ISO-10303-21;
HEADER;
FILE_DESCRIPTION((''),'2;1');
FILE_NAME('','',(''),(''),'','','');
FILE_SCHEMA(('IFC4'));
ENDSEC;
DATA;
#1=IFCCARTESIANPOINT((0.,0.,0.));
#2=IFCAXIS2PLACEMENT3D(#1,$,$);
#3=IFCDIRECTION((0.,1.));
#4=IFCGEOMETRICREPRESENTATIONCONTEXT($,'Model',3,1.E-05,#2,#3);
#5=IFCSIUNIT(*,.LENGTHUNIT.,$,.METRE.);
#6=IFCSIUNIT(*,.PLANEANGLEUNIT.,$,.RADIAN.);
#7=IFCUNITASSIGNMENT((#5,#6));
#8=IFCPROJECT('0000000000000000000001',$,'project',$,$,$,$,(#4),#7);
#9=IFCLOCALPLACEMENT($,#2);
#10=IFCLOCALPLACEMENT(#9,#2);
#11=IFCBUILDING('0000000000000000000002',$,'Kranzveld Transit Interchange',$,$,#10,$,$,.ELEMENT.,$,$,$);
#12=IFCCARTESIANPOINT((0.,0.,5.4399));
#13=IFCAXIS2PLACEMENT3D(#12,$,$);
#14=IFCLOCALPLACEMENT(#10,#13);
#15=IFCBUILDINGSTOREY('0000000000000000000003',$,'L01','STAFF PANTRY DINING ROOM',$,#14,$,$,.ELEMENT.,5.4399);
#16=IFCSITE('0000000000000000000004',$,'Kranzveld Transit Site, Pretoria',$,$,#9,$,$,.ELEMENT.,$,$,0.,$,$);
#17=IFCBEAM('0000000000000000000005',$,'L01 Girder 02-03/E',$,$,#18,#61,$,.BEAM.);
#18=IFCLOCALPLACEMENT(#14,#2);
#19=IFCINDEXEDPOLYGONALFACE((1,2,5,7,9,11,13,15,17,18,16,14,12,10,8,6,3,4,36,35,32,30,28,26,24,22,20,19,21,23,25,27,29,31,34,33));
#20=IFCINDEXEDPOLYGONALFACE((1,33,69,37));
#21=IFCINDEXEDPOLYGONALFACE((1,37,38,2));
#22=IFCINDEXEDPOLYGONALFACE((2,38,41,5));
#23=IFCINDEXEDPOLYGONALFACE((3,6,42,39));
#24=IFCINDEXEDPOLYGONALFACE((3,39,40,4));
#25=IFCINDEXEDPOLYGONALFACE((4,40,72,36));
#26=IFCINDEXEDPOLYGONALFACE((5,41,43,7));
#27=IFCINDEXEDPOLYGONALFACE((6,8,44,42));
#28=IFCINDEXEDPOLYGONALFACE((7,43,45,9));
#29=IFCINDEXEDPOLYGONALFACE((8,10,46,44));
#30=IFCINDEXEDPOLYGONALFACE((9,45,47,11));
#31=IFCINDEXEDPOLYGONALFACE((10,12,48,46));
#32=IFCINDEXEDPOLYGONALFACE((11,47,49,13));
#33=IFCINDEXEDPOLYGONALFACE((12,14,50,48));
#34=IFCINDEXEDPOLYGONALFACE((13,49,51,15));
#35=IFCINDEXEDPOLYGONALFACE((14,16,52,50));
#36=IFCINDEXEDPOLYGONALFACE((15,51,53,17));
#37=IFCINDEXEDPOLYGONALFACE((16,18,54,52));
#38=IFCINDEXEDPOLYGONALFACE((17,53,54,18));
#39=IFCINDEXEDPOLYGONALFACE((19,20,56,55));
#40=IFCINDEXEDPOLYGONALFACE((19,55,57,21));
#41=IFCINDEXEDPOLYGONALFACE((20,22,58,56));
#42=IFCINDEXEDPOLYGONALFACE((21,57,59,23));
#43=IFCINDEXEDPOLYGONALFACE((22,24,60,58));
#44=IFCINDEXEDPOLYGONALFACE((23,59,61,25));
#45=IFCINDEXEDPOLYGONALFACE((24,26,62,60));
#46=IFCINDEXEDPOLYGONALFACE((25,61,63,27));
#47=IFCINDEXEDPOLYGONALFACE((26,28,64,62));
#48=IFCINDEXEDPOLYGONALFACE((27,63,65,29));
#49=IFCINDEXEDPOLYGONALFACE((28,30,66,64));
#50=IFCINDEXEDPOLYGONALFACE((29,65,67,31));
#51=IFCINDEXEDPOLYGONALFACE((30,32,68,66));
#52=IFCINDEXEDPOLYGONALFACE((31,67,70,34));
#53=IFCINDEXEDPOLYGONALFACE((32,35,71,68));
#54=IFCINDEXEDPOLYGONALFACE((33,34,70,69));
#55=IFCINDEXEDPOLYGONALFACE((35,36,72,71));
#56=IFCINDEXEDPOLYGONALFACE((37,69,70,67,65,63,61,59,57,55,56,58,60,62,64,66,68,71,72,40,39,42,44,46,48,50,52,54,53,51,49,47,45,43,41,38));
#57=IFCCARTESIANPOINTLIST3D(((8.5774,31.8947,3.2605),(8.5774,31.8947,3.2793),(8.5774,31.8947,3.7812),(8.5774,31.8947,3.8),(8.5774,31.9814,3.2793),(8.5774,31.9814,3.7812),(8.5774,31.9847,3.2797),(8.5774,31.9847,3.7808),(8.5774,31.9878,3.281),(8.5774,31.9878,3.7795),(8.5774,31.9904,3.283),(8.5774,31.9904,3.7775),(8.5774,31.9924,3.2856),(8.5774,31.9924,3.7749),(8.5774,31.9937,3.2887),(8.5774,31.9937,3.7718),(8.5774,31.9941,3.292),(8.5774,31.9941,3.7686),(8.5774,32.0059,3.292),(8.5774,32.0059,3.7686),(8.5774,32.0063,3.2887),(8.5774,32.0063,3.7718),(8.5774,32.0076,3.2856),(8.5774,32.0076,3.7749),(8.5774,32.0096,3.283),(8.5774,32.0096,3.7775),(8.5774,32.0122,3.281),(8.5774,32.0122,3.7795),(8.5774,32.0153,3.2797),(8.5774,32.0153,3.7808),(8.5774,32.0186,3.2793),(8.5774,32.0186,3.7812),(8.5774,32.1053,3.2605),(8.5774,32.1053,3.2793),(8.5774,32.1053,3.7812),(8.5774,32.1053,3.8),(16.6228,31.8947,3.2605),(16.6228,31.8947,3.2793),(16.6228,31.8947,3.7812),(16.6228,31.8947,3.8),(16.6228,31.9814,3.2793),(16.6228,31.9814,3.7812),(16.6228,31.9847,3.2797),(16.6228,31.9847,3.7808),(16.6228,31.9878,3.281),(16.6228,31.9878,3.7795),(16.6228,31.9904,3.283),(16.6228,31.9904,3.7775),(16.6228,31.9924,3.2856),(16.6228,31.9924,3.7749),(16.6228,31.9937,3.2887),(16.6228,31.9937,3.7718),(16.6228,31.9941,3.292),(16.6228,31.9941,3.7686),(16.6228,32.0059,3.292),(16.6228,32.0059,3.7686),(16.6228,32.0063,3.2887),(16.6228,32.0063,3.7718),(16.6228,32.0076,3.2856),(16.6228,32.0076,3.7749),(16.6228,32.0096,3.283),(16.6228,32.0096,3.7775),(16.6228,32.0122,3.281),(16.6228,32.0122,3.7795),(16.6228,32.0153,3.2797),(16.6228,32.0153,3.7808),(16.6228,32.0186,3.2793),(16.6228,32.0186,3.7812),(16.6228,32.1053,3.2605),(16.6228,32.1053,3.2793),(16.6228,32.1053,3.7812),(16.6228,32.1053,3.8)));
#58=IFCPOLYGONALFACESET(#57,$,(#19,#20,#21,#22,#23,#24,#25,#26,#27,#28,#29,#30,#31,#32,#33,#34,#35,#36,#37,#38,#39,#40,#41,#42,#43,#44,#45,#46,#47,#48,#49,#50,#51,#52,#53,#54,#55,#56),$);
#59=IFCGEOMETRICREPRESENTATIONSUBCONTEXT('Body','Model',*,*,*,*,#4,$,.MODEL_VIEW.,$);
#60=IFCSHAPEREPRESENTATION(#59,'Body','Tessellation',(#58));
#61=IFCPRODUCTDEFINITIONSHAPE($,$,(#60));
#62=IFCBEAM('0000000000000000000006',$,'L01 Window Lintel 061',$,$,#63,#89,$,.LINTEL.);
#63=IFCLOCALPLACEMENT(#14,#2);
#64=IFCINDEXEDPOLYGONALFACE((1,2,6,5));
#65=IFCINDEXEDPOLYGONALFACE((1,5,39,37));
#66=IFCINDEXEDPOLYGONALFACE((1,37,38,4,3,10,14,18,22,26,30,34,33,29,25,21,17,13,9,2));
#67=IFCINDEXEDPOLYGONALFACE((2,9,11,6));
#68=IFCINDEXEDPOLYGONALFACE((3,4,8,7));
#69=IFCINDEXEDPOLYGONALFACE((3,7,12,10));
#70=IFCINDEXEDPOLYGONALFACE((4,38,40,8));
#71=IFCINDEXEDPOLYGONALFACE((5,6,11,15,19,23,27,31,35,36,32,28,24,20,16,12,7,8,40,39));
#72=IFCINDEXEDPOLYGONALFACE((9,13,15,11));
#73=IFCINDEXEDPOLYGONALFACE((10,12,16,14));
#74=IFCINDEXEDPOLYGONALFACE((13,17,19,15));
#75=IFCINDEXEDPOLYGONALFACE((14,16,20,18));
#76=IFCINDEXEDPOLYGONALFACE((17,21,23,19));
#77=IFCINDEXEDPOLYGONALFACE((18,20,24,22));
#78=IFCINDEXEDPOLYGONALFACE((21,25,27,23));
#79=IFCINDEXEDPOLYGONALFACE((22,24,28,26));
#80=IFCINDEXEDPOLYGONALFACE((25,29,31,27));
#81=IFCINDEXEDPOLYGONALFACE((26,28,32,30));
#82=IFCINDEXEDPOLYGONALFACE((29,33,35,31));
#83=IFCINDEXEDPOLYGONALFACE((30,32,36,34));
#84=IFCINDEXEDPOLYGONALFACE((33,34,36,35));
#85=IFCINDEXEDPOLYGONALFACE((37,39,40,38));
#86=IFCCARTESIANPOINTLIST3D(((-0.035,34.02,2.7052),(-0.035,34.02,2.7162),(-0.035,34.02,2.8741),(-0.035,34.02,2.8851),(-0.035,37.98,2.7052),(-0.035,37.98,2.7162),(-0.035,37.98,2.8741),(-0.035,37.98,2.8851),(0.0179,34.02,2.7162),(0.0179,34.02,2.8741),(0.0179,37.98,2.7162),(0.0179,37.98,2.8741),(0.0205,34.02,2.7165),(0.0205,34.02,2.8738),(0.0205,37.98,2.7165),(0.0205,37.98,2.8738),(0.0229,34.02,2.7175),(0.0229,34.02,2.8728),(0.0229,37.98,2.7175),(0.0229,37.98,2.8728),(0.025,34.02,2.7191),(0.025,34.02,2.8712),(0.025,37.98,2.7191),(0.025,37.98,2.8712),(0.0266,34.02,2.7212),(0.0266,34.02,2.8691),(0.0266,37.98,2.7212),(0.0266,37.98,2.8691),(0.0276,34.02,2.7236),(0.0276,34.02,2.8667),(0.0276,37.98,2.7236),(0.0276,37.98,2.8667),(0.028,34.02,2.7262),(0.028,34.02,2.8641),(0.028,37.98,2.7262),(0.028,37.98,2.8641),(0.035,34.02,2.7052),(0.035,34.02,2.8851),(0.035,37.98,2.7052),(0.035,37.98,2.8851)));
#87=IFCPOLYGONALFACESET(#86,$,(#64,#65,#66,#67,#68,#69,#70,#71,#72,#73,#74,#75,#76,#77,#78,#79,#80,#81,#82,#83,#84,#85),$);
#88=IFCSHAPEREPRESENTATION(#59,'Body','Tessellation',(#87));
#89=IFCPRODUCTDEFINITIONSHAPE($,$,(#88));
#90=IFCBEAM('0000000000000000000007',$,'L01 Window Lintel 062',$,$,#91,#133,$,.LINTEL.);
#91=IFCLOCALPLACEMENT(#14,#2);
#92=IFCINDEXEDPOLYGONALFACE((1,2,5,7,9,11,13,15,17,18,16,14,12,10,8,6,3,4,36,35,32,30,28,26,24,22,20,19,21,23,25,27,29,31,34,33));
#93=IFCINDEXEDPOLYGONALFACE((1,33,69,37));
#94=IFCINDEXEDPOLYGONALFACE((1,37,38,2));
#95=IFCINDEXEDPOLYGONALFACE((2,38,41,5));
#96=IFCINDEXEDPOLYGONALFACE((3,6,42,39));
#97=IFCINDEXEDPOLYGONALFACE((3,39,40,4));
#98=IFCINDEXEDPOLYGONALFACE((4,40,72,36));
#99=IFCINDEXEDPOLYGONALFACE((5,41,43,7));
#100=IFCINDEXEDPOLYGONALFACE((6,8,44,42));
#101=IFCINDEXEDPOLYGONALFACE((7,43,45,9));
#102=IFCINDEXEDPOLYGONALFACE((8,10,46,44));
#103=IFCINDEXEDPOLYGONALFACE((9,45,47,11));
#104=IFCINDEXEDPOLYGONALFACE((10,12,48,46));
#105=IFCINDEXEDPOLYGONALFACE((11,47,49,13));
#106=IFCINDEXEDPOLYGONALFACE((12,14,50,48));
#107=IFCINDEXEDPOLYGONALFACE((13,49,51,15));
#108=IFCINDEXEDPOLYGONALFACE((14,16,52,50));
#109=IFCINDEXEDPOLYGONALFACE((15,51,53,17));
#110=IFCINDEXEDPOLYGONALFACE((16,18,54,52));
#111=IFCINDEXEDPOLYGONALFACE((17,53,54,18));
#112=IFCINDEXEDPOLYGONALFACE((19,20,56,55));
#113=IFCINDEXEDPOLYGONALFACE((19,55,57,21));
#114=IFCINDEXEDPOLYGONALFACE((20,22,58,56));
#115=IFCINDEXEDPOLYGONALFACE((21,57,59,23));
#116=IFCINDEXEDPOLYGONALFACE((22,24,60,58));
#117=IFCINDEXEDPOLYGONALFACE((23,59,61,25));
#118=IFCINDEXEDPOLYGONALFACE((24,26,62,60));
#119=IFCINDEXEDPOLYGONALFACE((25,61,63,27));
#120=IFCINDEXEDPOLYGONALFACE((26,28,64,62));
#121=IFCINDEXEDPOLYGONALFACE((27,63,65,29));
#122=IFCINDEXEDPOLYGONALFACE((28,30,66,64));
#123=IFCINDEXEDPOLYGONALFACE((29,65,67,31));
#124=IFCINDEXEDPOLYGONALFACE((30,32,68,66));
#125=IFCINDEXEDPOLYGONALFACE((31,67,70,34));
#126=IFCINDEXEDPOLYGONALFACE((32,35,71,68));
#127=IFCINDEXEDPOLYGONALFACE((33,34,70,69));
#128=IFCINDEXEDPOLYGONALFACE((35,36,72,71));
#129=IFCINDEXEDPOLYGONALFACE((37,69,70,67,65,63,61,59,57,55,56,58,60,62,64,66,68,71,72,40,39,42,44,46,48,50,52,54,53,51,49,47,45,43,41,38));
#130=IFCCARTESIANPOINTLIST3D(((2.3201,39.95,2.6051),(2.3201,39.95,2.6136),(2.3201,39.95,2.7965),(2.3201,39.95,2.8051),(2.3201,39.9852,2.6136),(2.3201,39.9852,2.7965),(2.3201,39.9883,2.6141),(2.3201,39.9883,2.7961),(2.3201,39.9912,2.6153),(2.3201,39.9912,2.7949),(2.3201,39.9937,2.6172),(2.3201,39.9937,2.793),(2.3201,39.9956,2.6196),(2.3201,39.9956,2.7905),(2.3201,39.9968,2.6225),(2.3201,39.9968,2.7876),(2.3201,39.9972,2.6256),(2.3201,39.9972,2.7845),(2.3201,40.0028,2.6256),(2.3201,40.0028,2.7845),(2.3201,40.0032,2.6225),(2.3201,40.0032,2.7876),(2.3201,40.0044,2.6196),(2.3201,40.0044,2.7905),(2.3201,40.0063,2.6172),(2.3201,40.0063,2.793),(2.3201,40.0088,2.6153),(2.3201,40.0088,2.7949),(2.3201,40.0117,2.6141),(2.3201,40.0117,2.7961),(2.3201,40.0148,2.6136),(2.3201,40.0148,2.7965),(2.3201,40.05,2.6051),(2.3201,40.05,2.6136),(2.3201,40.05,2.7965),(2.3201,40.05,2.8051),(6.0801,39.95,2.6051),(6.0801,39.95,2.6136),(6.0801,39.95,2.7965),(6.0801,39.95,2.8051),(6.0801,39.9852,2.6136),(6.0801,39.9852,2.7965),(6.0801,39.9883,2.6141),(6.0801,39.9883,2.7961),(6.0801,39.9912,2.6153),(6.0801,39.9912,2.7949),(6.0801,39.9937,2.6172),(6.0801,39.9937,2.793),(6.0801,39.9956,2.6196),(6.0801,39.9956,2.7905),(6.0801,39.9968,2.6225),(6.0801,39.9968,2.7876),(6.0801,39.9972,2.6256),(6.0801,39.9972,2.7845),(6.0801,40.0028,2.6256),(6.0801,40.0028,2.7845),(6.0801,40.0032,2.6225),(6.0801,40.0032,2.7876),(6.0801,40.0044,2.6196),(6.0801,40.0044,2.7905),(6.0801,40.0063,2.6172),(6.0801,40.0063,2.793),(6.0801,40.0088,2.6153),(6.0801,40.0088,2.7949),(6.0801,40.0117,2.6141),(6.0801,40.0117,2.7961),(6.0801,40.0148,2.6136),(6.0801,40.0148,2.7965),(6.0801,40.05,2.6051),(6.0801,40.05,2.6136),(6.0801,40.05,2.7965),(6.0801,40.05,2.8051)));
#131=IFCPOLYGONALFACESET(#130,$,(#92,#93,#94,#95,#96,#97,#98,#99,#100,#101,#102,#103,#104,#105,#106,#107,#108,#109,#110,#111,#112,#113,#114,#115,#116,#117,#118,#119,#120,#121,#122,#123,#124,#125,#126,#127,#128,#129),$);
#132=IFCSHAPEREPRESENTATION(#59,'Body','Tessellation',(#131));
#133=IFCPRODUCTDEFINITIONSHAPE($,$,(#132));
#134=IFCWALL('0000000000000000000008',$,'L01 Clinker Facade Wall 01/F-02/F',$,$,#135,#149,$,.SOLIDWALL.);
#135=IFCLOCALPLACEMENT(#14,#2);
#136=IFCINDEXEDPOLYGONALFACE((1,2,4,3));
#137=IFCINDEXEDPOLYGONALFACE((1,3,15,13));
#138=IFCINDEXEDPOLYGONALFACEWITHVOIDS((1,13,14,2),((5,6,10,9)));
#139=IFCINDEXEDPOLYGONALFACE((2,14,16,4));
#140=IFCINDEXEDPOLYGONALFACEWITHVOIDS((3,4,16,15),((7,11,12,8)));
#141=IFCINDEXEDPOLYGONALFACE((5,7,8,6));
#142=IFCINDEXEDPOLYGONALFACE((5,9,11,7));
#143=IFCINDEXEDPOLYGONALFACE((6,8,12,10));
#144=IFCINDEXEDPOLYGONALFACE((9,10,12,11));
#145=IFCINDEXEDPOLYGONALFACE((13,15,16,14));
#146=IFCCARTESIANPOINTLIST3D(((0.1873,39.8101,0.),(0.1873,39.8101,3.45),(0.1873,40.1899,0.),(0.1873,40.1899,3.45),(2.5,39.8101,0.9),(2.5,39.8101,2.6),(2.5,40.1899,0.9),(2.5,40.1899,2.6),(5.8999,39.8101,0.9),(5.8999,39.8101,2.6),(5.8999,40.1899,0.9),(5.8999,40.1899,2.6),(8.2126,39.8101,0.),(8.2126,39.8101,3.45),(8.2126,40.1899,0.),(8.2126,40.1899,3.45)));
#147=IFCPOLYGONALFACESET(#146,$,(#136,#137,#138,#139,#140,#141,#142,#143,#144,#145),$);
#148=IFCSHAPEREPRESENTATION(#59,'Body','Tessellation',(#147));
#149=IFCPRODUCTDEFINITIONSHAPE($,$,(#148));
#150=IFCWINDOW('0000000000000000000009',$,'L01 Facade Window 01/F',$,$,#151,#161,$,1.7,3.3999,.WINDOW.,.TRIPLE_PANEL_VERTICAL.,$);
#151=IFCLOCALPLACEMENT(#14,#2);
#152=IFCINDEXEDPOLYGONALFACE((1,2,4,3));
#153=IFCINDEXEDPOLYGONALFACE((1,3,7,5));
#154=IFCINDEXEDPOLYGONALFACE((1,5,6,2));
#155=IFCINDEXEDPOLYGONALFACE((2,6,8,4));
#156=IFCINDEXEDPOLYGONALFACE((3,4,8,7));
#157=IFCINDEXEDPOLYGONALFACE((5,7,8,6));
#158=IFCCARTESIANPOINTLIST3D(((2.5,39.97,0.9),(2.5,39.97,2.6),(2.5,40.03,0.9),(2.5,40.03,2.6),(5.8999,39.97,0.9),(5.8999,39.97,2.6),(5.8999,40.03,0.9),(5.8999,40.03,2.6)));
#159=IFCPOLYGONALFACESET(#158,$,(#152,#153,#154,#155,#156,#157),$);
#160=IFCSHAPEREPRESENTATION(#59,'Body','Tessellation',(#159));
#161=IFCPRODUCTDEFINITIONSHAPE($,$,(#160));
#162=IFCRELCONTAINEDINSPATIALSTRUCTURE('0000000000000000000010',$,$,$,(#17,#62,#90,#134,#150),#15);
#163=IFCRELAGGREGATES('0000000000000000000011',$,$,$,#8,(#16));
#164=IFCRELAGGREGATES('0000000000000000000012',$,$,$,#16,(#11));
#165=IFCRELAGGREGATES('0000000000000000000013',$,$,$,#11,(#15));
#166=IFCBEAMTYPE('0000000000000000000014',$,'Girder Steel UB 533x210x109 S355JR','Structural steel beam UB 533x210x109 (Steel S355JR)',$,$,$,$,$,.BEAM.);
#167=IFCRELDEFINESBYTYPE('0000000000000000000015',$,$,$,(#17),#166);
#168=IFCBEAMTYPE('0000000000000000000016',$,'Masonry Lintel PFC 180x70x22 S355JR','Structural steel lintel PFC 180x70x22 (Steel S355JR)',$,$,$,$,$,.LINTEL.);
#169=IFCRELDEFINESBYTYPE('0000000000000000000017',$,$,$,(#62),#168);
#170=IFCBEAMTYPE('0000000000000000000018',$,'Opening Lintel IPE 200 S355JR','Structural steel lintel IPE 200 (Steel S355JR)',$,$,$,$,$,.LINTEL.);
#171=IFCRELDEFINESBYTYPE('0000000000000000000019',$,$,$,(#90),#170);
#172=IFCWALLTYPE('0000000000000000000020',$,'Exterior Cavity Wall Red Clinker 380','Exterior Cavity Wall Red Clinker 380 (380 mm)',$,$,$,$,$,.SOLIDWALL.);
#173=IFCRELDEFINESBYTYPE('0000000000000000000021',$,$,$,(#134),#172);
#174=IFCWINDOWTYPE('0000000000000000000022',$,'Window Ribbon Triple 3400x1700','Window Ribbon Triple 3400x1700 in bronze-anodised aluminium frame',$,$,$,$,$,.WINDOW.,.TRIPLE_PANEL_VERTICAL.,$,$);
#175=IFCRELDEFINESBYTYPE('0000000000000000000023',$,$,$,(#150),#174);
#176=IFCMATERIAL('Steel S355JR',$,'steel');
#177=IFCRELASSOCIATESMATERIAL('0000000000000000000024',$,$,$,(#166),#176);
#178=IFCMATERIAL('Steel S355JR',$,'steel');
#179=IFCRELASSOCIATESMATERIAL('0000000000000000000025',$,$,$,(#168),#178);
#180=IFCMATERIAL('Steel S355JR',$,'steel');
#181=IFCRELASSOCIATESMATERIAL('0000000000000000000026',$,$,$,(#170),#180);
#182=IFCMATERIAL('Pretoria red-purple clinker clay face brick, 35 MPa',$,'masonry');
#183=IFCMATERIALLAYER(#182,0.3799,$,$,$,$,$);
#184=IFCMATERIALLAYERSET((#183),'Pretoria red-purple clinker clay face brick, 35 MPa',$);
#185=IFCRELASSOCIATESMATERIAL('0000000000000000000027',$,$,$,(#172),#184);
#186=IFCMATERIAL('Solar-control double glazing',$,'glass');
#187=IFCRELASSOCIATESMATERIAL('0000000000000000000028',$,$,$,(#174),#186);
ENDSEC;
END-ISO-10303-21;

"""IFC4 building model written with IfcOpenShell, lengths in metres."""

from ifc_helpers import new_model, si_unit, direction, frame, frame_2d, origin, origin_2d, place, context, subcontext, project, spatial, rectangle, i_section, u_section, extrude, material, layer, layer_set, material_profile, profile_set, type_object, element, fill, save


model = new_model("IFC4")

# Units and contexts
model_context = context("Model", 3, precision=1e-05, world=origin(), true_north=direction((0.0, 1.0)))
body_context = subcontext(model_context, "Body", "Model", "MODEL_VIEW")
ifc_project = project(units=[si_unit("LENGTHUNIT", "METRE"), si_unit("PLANEANGLEUNIT", "RADIAN")], contexts=[model_context])

# Site, building, storey
site_placement = place(None, origin())
site = spatial("IfcSite", under=ifc_project, at=site_placement, Name="Kranzveld Transit Site, Pretoria", CompositionType="ELEMENT", RefElevation=0.0)
building_placement = place(site_placement, origin())
building = spatial("IfcBuilding", under=site, at=building_placement, Name="Kranzveld Transit Interchange", CompositionType="ELEMENT")
storey_placement = place(building_placement, frame((0.0, 0.0, 5.4399)))
storey = spatial("IfcBuildingStorey", under=building, at=storey_placement, Name="L01", Description="STAFF PANTRY DINING ROOM", CompositionType="ELEMENT", Elevation=5.4399)

# Beams
ifc_material_1 = material(Name="Steel S355JR", Category="steel")
ifc_material_profile_1 = material_profile(ifc_material_1, i_section(OverallWidth=0.2107, OverallDepth=0.5396, WebThickness=0.0117, FlangeThickness=0.0188, FilletRadius=0.0127, at=origin_2d()), Name="UB 533x210x109")
ifc_profile_set_1 = profile_set([ifc_material_profile_1], Name="Steel S355JR")
beam_type_1 = type_object("IfcBeamType", Name="Girder Steel UB 533x210x109 S355JR", Description="Structural steel beam UB 533x210x109 (Steel S355JR)", PredefinedType="BEAM", material=ifc_profile_set_1)
for number, where, z_axis, x_axis, name in (
    (1, (8.5774, 32.0, 3.5303), (1.0, 0.0, 0.0), (0.0, 1.0, 0.0), "L01 Girder 02-03/E"),
):
    element("IfcBeam", number, at=place(storey_placement, frame(where, z_axis=z_axis, x_axis=x_axis)), inside=storey, type_object=beam_type_1, Name=name, PredefinedType="BEAM", context=body_context, shape_type="SweptSolid", body=[
        extrude(i_section(OverallWidth=0.2107, OverallDepth=0.5396, WebThickness=0.0117, FlangeThickness=0.0188, FilletRadius=0.0127, at=origin_2d()), origin(), (0.0, 0.0, 1.0), 8.0454),
    ])
ifc_material_2 = material(Name="Steel S355JR", Category="steel")
ifc_material_profile_2 = material_profile(ifc_material_2, u_section(Depth=0.1799, FlangeWidth=0.0701, WebThickness=0.0071, FlangeThickness=0.011, FilletRadius=0.01, at=origin_2d()), Name="PFC 180x70x22")
ifc_profile_set_2 = profile_set([ifc_material_profile_2], Name="Steel S355JR")
beam_type_2 = type_object("IfcBeamType", Name="Masonry Lintel PFC 180x70x22 S355JR", Description="Structural steel lintel PFC 180x70x22 (Steel S355JR)", PredefinedType="LINTEL", material=ifc_profile_set_2)
beam_1_placement = place(storey_placement, frame((0.0, 34.02, 2.7952), z_axis=(0.0, 1.0, 0.0), x_axis=(-1.0, 0.0, 0.0)))
element("IfcBeam", 2, at=beam_1_placement, inside=storey, type_object=beam_type_2, Name="L01 Window Lintel 061", PredefinedType="LINTEL", context=body_context, shape_type="SweptSolid", body=[
    extrude(u_section(Depth=0.1799, FlangeWidth=0.0701, WebThickness=0.0071, FlangeThickness=0.011, FilletRadius=0.01, at=origin_2d()), origin(), (0.0, 0.0, 1.0), 3.96),
])
ifc_material_3 = material(Name="Steel S355JR", Category="steel")
ifc_material_profile_3 = material_profile(ifc_material_3, i_section(OverallWidth=0.1001, OverallDepth=0.2, WebThickness=0.0056, FlangeThickness=0.0085, FilletRadius=0.012, at=origin_2d()), Name="IPE 200")
ifc_profile_set_3 = profile_set([ifc_material_profile_3], Name="Steel S355JR")
beam_type_3 = type_object("IfcBeamType", Name="Opening Lintel IPE 200 S355JR", Description="Structural steel lintel IPE 200 (Steel S355JR)", PredefinedType="LINTEL", material=ifc_profile_set_3)
beam_2_placement = place(storey_placement, frame((2.3201, 40.0, 2.7051), z_axis=(1.0, 0.0, 0.0), x_axis=(0.0, 1.0, 0.0)))
element("IfcBeam", 3, at=beam_2_placement, inside=storey, type_object=beam_type_3, Name="L01 Window Lintel 062", PredefinedType="LINTEL", context=body_context, shape_type="SweptSolid", body=[
    extrude(i_section(OverallWidth=0.1001, OverallDepth=0.2, WebThickness=0.0056, FlangeThickness=0.0085, FilletRadius=0.012, at=origin_2d()), origin(), (0.0, 0.0, 1.0), 3.76),
])

# Wall, opening, window
ifc_material_4 = material(Name="Pretoria red-purple clinker clay face brick, 35 MPa", Category="masonry")
ifc_layer_1 = layer(ifc_material_4, 0.3799)
ifc_layer_set_1 = layer_set([ifc_layer_1], Name="Pretoria red-purple clinker clay face brick, 35 MPa")
wall_type_1 = type_object("IfcWallType", Name="Exterior Cavity Wall Red Clinker 380", Description="Exterior Cavity Wall Red Clinker 380 (380 mm)", PredefinedType="SOLIDWALL", material=ifc_layer_set_1)
wall_1_placement = place(storey_placement, frame((0.1873, 40.0, 0.0), z_axis=(0.0, 0.0, 1.0), x_axis=(1.0, 0.0, 0.0)))
wall_1 = element("IfcWall", 4, at=wall_1_placement, inside=storey, type_object=wall_type_1, Name="L01 Clinker Facade Wall 01/F-02/F", PredefinedType="SOLIDWALL", context=body_context, shape_type="SweptSolid", body=[
    extrude(rectangle(XDim=8.0254, YDim=0.3799, at=frame_2d((4.0127, 0.0))), origin(), (0.0, 0.0, 1.0), 3.45),
])
opening_1_placement = place(wall_1_placement, frame((2.3127, 0.0, 0.8999), z_axis=(0.0, 0.0, 1.0), x_axis=(1.0, 0.0, 0.0)))
opening_1 = element("IfcOpeningElement", 5, at=opening_1_placement, cuts=wall_1, PredefinedType="OPENING", context=body_context, shape_type="SweptSolid", body=[
    extrude(rectangle(XDim=3.3999, YDim=1.7, at=frame_2d((1.7, 0.8501))), frame((0.0, 0.2, 0.0), z_axis=(0.0, -1.0, 0.0), x_axis=(1.0, 0.0, 0.0)), (0.0, 0.0, 1.0), 0.3999),
])
ifc_material_5 = material(Name="Solar-control double glazing", Category="glass")
window_type_1 = type_object("IfcWindowType", Name="Window Ribbon Triple 3400x1700", Description="Window Ribbon Triple 3400x1700 in bronze-anodised aluminium frame", PartitioningType="TRIPLE_PANEL_VERTICAL", PredefinedType="WINDOW", material=ifc_material_5)
window_1_placement = place(opening_1_placement, origin())
window_1 = element("IfcWindow", 6, at=window_1_placement, inside=storey, type_object=window_type_1, Name="L01 Facade Window 01/F", OverallHeight=1.7, OverallWidth=3.3999, PartitioningType="TRIPLE_PANEL_VERTICAL", PredefinedType="WINDOW", context=body_context, shape_type="SweptSolid", body=[
    extrude(rectangle(XDim=3.3999, YDim=1.7, at=frame_2d((1.7, 0.8501))), frame((0.0, 0.03, 0.0), z_axis=(0.0, -1.0, 0.0), x_axis=(1.0, 0.0, 0.0)), (0.0, 0.0, 1.0), 0.0601),
])
fill(opening_1, window_1)

save(model, "model.ifc")
